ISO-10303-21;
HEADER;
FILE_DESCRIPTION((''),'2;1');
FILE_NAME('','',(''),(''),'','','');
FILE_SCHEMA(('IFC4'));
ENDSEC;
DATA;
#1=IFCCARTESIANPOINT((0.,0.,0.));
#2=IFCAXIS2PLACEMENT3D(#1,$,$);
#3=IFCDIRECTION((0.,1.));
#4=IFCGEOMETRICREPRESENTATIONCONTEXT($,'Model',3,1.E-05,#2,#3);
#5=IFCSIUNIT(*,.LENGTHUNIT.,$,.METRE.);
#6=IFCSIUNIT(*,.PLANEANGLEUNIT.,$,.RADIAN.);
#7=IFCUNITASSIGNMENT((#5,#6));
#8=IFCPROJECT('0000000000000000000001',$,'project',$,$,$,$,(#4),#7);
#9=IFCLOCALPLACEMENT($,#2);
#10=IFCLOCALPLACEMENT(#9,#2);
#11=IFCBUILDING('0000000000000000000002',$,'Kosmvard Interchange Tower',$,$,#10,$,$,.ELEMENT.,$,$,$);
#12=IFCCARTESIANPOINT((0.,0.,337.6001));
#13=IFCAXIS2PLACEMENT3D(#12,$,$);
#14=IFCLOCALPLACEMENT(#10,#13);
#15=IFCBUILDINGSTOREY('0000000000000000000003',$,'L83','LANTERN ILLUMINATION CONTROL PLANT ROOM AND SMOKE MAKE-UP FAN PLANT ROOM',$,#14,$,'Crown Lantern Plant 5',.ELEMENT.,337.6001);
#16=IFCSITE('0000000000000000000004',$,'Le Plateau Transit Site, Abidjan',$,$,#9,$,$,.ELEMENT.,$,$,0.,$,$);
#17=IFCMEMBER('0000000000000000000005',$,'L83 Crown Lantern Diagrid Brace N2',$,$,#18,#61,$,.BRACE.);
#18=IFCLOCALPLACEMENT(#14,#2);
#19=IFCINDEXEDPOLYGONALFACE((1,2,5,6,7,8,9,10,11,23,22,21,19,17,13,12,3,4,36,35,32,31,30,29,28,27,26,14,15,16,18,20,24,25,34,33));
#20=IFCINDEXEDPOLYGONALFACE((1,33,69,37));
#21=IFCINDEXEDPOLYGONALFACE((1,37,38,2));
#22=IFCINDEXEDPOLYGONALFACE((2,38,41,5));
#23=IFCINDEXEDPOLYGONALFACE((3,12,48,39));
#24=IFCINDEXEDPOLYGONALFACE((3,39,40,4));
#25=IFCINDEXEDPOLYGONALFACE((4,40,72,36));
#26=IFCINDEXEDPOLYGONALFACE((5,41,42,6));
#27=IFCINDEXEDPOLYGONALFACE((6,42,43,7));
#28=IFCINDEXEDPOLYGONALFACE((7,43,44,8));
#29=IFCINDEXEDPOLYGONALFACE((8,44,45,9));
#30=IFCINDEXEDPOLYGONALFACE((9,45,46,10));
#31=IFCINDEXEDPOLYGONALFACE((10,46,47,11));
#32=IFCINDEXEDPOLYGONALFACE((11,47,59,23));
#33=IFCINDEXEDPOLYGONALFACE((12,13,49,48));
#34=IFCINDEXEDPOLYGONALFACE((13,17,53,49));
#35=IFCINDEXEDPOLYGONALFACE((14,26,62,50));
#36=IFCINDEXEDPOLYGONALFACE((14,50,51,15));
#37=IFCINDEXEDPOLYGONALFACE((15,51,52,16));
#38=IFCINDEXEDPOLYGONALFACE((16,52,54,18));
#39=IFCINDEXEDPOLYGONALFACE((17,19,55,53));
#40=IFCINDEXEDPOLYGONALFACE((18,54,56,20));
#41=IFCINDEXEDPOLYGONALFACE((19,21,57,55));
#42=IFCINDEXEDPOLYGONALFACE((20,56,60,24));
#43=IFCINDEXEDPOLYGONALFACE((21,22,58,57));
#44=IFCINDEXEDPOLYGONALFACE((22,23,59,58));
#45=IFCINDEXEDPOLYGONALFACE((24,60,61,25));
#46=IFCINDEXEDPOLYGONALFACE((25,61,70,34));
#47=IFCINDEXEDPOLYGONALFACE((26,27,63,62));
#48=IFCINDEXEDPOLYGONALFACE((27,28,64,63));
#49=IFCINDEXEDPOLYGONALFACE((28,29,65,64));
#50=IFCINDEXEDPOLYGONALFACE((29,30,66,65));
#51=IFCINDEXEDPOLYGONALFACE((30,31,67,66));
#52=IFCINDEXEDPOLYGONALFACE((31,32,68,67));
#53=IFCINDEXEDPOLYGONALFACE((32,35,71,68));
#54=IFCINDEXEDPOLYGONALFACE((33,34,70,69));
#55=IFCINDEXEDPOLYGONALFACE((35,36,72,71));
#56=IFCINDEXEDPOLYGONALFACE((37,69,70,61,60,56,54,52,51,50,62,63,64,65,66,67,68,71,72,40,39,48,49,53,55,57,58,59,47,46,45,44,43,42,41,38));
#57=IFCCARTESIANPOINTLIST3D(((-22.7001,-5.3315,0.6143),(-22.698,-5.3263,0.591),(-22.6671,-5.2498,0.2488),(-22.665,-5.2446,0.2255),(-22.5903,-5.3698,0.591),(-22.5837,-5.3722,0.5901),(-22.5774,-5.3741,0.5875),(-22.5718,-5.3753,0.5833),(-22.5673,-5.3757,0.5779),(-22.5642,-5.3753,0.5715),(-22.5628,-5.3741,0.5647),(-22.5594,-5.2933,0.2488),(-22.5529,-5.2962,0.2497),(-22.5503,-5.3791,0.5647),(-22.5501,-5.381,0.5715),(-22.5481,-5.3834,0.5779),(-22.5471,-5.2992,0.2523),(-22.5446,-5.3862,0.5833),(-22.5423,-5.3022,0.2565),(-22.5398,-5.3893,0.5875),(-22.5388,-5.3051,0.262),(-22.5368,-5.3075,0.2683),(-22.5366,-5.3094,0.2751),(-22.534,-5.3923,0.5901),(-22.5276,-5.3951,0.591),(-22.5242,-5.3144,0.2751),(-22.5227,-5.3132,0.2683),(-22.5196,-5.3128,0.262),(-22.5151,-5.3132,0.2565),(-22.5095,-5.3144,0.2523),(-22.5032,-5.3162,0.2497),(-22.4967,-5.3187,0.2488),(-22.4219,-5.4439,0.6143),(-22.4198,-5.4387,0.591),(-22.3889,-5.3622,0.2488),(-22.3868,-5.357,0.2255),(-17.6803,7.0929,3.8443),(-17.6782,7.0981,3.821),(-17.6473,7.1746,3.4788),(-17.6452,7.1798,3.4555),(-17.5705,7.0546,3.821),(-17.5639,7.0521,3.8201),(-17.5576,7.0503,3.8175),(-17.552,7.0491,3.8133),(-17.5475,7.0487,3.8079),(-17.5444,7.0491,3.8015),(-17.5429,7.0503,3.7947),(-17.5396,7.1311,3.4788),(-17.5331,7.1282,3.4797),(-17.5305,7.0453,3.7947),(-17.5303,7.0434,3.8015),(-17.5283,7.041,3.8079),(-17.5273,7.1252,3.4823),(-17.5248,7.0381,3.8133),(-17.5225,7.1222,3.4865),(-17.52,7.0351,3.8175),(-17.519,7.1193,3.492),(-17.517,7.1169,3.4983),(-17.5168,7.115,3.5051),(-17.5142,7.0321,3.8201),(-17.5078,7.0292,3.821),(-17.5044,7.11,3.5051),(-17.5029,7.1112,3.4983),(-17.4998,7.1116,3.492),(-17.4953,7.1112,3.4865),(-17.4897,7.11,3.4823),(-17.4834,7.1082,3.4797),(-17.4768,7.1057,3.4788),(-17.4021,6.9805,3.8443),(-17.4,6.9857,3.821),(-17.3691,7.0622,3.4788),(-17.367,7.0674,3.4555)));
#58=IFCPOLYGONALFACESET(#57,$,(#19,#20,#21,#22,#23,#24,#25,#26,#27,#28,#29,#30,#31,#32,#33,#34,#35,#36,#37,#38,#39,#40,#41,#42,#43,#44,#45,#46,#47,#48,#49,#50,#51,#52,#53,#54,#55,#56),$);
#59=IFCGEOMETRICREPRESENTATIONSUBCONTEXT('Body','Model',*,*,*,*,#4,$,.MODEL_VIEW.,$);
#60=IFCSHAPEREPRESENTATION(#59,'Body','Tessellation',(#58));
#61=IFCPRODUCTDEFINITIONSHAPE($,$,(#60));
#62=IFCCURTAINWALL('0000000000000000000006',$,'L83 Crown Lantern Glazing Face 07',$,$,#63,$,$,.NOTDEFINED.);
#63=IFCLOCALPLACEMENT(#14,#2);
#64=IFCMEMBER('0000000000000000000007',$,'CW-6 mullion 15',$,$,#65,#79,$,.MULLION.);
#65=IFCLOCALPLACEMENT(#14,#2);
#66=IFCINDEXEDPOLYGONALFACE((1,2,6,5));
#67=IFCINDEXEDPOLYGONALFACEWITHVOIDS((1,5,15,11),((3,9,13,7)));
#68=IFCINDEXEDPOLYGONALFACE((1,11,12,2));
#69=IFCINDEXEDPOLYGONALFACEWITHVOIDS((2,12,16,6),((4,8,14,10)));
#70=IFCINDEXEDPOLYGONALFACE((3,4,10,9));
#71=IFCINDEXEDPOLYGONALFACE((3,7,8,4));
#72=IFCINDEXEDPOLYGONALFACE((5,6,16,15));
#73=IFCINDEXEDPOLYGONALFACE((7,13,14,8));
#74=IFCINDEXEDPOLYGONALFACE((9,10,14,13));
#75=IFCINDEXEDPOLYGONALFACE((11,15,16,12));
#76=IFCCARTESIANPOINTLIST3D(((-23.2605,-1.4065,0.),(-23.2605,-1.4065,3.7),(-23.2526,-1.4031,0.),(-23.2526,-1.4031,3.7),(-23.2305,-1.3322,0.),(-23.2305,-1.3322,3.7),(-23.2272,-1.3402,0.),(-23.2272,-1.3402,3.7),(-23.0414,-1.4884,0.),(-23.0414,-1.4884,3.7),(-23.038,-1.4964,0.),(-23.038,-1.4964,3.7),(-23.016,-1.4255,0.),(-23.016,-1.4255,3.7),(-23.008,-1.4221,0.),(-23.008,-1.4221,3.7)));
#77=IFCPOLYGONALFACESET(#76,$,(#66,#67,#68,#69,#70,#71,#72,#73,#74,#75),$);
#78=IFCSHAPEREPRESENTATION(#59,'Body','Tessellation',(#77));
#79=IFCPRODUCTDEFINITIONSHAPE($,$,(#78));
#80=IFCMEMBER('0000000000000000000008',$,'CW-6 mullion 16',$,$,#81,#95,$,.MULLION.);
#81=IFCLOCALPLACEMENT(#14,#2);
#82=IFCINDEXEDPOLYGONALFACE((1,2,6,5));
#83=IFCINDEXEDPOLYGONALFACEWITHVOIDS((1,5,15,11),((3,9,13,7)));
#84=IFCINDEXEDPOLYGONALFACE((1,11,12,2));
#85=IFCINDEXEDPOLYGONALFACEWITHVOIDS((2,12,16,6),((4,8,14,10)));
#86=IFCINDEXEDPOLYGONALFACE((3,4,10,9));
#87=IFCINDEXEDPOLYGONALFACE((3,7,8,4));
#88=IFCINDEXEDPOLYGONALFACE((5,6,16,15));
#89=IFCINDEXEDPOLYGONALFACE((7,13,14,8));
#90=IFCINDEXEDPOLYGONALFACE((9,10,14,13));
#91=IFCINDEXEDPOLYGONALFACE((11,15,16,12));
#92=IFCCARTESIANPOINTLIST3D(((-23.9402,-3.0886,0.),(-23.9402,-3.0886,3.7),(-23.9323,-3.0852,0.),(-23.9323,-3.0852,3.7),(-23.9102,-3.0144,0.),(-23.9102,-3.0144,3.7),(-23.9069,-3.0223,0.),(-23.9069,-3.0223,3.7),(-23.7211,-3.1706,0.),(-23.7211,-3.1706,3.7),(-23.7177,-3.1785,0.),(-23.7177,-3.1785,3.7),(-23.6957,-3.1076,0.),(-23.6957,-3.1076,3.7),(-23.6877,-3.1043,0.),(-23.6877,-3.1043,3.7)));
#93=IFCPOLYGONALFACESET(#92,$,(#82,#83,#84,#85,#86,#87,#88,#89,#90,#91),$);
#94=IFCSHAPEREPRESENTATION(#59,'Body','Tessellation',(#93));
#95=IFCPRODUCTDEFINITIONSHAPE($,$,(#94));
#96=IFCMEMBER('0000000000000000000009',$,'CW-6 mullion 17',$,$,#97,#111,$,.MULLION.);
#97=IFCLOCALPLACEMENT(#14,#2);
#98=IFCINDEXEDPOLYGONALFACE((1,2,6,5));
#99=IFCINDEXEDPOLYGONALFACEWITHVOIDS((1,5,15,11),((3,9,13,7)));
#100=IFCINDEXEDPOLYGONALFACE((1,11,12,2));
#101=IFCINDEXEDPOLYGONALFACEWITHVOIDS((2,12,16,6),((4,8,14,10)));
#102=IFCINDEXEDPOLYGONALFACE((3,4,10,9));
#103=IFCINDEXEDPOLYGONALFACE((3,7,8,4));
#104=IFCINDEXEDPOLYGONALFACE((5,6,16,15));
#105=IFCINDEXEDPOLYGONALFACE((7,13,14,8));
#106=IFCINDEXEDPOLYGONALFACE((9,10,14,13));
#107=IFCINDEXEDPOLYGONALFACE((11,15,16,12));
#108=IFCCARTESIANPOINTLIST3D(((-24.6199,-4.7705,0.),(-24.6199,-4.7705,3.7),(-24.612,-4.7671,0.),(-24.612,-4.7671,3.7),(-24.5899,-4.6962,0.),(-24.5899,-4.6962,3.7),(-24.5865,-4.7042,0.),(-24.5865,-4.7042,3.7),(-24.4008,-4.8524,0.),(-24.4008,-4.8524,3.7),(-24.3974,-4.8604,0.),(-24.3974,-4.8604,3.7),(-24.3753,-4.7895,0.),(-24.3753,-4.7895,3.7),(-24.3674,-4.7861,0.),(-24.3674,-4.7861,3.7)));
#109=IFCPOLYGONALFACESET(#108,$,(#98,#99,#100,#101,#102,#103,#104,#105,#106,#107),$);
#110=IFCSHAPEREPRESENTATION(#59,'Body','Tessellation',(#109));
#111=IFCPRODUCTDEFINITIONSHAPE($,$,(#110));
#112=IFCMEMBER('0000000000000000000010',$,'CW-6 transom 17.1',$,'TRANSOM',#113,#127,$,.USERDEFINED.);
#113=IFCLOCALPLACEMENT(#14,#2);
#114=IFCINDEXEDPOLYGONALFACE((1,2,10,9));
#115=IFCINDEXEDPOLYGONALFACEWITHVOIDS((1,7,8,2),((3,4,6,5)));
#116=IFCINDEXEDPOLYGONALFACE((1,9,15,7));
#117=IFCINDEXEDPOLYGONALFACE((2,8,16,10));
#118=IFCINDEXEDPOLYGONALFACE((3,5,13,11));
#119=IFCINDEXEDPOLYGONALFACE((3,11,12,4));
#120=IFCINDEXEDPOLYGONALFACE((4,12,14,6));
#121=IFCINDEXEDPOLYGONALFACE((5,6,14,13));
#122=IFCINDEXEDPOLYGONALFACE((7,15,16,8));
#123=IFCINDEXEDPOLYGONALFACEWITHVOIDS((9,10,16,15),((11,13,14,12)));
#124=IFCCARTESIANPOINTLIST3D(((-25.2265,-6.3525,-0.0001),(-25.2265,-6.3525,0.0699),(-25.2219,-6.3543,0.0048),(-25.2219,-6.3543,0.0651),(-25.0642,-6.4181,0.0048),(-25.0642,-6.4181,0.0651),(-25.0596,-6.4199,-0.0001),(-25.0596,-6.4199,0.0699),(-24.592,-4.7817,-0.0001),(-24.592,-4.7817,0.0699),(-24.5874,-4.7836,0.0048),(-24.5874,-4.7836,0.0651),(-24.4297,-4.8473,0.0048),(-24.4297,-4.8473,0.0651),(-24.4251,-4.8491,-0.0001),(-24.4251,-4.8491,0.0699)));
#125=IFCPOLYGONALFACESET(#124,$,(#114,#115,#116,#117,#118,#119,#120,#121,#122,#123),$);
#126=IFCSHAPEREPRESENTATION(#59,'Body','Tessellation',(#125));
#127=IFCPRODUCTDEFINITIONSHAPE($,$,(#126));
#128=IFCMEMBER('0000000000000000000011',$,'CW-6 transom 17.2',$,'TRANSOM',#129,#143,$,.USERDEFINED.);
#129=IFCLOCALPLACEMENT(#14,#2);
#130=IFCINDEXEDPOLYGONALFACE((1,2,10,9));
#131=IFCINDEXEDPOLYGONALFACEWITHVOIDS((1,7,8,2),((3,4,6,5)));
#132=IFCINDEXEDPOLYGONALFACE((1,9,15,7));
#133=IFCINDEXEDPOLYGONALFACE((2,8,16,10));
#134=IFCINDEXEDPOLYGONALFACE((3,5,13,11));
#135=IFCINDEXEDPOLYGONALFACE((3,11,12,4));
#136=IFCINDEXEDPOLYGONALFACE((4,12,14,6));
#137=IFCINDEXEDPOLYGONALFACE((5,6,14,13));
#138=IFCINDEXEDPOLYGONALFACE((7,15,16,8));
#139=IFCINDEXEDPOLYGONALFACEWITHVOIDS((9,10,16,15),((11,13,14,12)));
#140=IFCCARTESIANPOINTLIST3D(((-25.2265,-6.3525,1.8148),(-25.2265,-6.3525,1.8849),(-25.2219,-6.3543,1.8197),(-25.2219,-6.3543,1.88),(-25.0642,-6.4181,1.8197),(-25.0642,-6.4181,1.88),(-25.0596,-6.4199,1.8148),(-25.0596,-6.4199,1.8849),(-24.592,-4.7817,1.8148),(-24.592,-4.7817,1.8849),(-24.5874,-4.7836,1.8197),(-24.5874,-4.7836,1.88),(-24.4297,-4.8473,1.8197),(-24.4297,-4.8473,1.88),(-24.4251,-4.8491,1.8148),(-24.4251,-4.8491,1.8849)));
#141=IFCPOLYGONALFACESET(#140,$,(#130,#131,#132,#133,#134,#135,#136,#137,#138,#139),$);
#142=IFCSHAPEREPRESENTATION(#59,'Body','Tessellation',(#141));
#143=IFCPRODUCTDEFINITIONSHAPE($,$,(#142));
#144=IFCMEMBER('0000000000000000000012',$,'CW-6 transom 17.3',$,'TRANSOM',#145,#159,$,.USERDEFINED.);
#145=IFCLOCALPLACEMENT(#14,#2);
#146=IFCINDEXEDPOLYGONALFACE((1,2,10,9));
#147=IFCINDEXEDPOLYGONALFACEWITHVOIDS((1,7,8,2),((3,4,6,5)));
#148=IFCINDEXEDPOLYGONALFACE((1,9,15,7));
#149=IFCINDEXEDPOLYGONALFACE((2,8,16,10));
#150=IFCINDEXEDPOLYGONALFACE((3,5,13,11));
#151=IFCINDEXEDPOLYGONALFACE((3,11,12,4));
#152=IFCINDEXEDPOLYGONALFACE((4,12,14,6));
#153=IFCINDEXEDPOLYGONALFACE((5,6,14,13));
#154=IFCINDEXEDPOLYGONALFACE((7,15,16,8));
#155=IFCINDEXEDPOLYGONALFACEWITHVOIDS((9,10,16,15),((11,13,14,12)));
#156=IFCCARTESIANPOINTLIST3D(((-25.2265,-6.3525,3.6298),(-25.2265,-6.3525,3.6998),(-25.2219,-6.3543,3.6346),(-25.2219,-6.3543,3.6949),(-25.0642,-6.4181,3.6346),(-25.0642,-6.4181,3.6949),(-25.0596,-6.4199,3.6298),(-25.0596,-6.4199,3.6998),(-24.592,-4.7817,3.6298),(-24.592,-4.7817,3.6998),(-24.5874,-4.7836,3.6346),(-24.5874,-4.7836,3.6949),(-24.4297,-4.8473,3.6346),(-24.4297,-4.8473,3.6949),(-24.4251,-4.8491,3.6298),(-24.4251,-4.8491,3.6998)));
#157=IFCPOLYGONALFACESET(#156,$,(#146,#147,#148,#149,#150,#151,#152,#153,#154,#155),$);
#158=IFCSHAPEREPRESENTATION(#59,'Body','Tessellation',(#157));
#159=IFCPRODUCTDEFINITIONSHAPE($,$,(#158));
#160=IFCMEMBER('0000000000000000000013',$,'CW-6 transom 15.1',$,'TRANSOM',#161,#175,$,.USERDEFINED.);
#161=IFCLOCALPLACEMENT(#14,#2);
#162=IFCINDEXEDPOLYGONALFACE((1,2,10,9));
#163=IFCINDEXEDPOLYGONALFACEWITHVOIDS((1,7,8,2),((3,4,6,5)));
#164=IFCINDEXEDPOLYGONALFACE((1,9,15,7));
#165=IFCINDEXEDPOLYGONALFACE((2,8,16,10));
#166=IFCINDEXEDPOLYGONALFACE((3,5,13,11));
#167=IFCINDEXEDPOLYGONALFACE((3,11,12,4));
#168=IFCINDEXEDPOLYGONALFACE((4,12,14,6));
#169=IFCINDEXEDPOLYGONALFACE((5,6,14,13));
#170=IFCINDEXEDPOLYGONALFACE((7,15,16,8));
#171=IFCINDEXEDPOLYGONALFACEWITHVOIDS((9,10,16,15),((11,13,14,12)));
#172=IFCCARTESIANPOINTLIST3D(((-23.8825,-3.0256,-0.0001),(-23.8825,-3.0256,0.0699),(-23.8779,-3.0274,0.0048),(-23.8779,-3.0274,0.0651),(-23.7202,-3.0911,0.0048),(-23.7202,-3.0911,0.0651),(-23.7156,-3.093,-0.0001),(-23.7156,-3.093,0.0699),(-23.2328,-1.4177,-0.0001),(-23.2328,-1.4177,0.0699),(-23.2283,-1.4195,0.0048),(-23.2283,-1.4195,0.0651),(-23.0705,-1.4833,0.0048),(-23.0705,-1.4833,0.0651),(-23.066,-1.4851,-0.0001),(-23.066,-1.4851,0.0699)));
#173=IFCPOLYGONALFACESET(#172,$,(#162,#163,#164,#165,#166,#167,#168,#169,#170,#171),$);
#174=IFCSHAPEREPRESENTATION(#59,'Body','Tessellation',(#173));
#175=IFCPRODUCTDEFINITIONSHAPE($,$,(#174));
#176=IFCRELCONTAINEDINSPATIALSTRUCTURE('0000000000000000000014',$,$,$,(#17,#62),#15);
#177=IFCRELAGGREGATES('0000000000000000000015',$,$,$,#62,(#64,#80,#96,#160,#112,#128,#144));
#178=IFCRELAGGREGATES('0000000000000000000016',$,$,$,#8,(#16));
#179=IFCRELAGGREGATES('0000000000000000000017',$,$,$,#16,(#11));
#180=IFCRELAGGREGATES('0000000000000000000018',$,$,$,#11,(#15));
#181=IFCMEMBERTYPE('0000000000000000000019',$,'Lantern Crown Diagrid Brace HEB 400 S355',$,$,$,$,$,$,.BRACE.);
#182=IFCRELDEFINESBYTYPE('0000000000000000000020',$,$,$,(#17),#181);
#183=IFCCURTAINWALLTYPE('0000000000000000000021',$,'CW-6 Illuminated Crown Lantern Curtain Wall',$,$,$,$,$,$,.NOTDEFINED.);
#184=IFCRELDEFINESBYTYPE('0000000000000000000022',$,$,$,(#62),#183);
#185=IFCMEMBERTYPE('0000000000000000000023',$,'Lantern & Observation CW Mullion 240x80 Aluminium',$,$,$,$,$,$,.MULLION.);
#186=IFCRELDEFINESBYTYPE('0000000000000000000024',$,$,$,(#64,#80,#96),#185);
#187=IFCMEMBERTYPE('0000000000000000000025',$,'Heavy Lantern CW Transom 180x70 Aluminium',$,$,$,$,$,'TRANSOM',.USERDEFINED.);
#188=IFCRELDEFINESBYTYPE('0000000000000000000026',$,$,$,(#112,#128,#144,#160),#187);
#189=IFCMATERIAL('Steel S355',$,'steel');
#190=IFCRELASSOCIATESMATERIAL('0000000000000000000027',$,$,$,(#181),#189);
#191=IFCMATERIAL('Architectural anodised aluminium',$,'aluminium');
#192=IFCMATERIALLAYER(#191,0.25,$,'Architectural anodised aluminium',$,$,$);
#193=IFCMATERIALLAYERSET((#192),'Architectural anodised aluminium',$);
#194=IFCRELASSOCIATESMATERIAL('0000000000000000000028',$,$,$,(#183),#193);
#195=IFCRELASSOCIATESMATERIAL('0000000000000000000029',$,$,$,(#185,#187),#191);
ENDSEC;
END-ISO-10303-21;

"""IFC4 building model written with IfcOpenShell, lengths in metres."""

from ifc_helpers import new_model, si_unit, direction, frame, origin, origin_2d, place, context, subcontext, project, spatial, hollow_rectangle, i_section, extrude, source, transform, mapped, material, layer, layer_set, material_profile, profile_set, type_object, element, aggregate, save


model = new_model("IFC4")

# Units and contexts
model_context = context("Model", 3, precision=1e-05, world=origin(), true_north=direction((0.0, 1.0)))
body_context = subcontext(model_context, "Body", "Model", "MODEL_VIEW")
ifc_project = project(units=[si_unit("LENGTHUNIT", "METRE"), si_unit("PLANEANGLEUNIT", "RADIAN")], contexts=[model_context])

# Site, building, storey
site_placement = place(None, origin())
site = spatial("IfcSite", under=ifc_project, at=site_placement, Name="Le Plateau Transit Site, Abidjan", CompositionType="ELEMENT", RefElevation=0.0)
building_placement = place(site_placement, origin())
building = spatial("IfcBuilding", under=site, at=building_placement, Name="Kosmvard Interchange Tower", CompositionType="ELEMENT")
storey_placement = place(building_placement, frame((0.0, 0.0, 337.6001)))
storey = spatial("IfcBuildingStorey", under=building, at=storey_placement, Name="L83", Description="LANTERN ILLUMINATION CONTROL PLANT ROOM AND SMOKE MAKE-UP FAN PLANT ROOM", LongName="Crown Lantern Plant 5", CompositionType="ELEMENT", Elevation=337.6001)

# Member
ifc_material_1 = material(Name="Steel S355", Category="steel")
ifc_material_profile_1 = material_profile(ifc_material_1, i_section(OverallWidth=0.3, OverallDepth=0.3999, WebThickness=0.0134, FlangeThickness=0.0239, FilletRadius=0.0271, at=origin_2d()), Name="HEB 400")
ifc_profile_set_1 = profile_set([ifc_material_profile_1], Name="Steel S355")
member_type_1 = type_object("IfcMemberType", Name="Lantern Crown Diagrid Brace HEB 400 S355", PredefinedType="BRACE", material=ifc_profile_set_1)
shared_shape_1 = source(origin(), body_context, "Body", "SweptSolid", [
    extrude(i_section(OverallWidth=0.3, OverallDepth=0.3999, WebThickness=0.0134, FlangeThickness=0.0239, FilletRadius=0.0271, at=origin_2d()), origin(), (0.0, 0.0, 1.0), 13.7839),
])
member_1_placement = place(storey_placement, frame((-22.5435, -5.3442, 0.4199), z_axis=(0.364178, 0.901368, 0.234331), x_axis=(-0.927183, 0.374608, 0.0)))
element("IfcMember", 1, at=member_1_placement, inside=storey, type_object=member_type_1, Name="L83 Crown Lantern Diagrid Brace N2", PredefinedType="BRACE", context=body_context, shape_type="MappedRepresentation", body=[
    mapped(shared_shape_1, transform((0.0, 0.0, 0.0), scale=1.0)),
])

# Curtain wall, members
ifc_material_2 = material(Name="Architectural anodised aluminium", Category="aluminium")
ifc_layer_1 = layer(ifc_material_2, 0.25, Name="Architectural anodised aluminium")
ifc_layer_set_1 = layer_set([ifc_layer_1], Name="Architectural anodised aluminium")
curtain_wall_type = type_object("IfcCurtainWallType", Name="CW-6 Illuminated Crown Lantern Curtain Wall", PredefinedType="NOTDEFINED", material=ifc_layer_set_1)
curtain_wall_placement = place(storey_placement, origin())
curtain_wall = element("IfcCurtainWall", 2, at=curtain_wall_placement, inside=storey, type_object=curtain_wall_type, Name="L83 Crown Lantern Glazing Face 07", PredefinedType="NOTDEFINED")
ifc_material_profile_2 = material_profile(ifc_material_2, hollow_rectangle(XDim=0.24, YDim=0.0801, WallThickness=0.0061, at=origin_2d()), Name="CWM 240x80x6")
ifc_profile_set_2 = profile_set([ifc_material_profile_2], Name="Architectural anodised aluminium")
member_type_2 = type_object("IfcMemberType", Name="Lantern & Observation CW Mullion 240x80 Aluminium", PredefinedType="MULLION", material=ifc_profile_set_2)
shared_shape_2 = source(origin(), body_context, "Body", "SweptSolid", [
    extrude(hollow_rectangle(XDim=0.24, YDim=0.0801, WallThickness=0.0061, at=origin_2d()), origin(), (0.0, 0.0, 1.0), 3.7),
])
member_2_placement = place(storey_placement, frame((-23.1343, -1.4143, 0.0), z_axis=(0.0, 0.0, 1.0), x_axis=(0.927184, -0.374607, 0.0)))
member_2 = element("IfcMember", 3, at=member_2_placement, type_object=member_type_2, Name="CW-6 mullion 15", PredefinedType="MULLION", context=body_context, shape_type="MappedRepresentation", body=[
    mapped(shared_shape_2, transform((0.0, 0.0, 0.0), scale=1.0)),
])
member_3_placement = place(storey_placement, frame((-23.814, -3.0964, 0.0), z_axis=(0.0, 0.0, 1.0), x_axis=(0.927184, -0.374607, 0.0)))
member_3 = element("IfcMember", 4, at=member_3_placement, type_object=member_type_2, Name="CW-6 mullion 16", PredefinedType="MULLION", context=body_context, shape_type="MappedRepresentation", body=[
    mapped(shared_shape_2, transform((0.0, 0.0, 0.0), scale=1.0)),
])
member_4_placement = place(storey_placement, frame((-24.4937, -4.7783, 0.0), z_axis=(0.0, 0.0, 1.0), x_axis=(0.927184, -0.374607, 0.0)))
member_4 = element("IfcMember", 5, at=member_4_placement, type_object=member_type_2, Name="CW-6 mullion 17", PredefinedType="MULLION", context=body_context, shape_type="MappedRepresentation", body=[
    mapped(shared_shape_2, transform((0.0, 0.0, 0.0), scale=1.0)),
])
ifc_material_profile_3 = material_profile(ifc_material_2, hollow_rectangle(XDim=0.1799, YDim=0.0701, WallThickness=0.0049, at=origin_2d()), Name="CWT 180x70x5")
ifc_profile_set_3 = profile_set([ifc_material_profile_3], Name="Architectural anodised aluminium")
member_type_3 = type_object("IfcMemberType", Name="Heavy Lantern CW Transom 180x70 Aluminium", ElementType="TRANSOM", PredefinedType="USERDEFINED", material=ifc_profile_set_3)
shared_shape_3 = source(origin(), body_context, "Body", "SweptSolid", [
    extrude(hollow_rectangle(XDim=0.1799, YDim=0.0701, WallThickness=0.0049, at=origin_2d()), origin(), (0.0, 0.0, 1.0), 1.6941),
])
member_5_placement = place(storey_placement, frame((-24.5085, -4.8154, 0.0349), z_axis=(-0.374544, -0.927209, 0.0), x_axis=(0.927209, -0.374544, 0.0)))
member_5 = element("IfcMember", 6, at=member_5_placement, type_object=member_type_3, Name="CW-6 transom 17.1", ObjectType="TRANSOM", PredefinedType="USERDEFINED", context=body_context, shape_type="MappedRepresentation", body=[
    mapped(shared_shape_3, transform((0.0, 0.0, 0.0), scale=1.0)),
])
member_6_placement = place(storey_placement, frame((-24.5085, -4.8154, 1.8499), z_axis=(-0.374544, -0.927209, 0.0), x_axis=(0.927209, -0.374544, 0.0)))
member_6 = element("IfcMember", 7, at=member_6_placement, type_object=member_type_3, Name="CW-6 transom 17.2", ObjectType="TRANSOM", PredefinedType="USERDEFINED", context=body_context, shape_type="MappedRepresentation", body=[
    mapped(shared_shape_3, transform((0.0, 0.0, 0.0), scale=1.0)),
])
member_7_placement = place(storey_placement, frame((-24.5085, -4.8154, 3.6648), z_axis=(-0.374544, -0.927209, 0.0), x_axis=(0.927209, -0.374544, 0.0)))
member_7 = element("IfcMember", 8, at=member_7_placement, type_object=member_type_3, Name="CW-6 transom 17.3", ObjectType="TRANSOM", PredefinedType="USERDEFINED", context=body_context, shape_type="MappedRepresentation", body=[
    mapped(shared_shape_3, transform((0.0, 0.0, 0.0), scale=1.0)),
])
shared_shape_4 = source(origin(), body_context, "Body", "SweptSolid", [
    extrude(hollow_rectangle(XDim=0.1799, YDim=0.0701, WallThickness=0.0049, at=origin_2d()), origin(), (0.0, 0.0, 1.0), 1.7341),
])
member_8_placement = place(storey_placement, frame((-23.1494, -1.4514, 0.0349), z_axis=(-0.374617, -0.92718, 0.0), x_axis=(0.92718, -0.374617, 0.0)))
member_8 = element("IfcMember", 9, at=member_8_placement, type_object=member_type_3, Name="CW-6 transom 15.1", ObjectType="TRANSOM", PredefinedType="USERDEFINED", context=body_context, shape_type="MappedRepresentation", body=[
    mapped(shared_shape_4, transform((0.0, 0.0, 0.0), scale=1.0)),
])

aggregate(curtain_wall, [member_2, member_3, member_4, member_8, member_5, member_6, member_7])

save(model, "model.ifc")
